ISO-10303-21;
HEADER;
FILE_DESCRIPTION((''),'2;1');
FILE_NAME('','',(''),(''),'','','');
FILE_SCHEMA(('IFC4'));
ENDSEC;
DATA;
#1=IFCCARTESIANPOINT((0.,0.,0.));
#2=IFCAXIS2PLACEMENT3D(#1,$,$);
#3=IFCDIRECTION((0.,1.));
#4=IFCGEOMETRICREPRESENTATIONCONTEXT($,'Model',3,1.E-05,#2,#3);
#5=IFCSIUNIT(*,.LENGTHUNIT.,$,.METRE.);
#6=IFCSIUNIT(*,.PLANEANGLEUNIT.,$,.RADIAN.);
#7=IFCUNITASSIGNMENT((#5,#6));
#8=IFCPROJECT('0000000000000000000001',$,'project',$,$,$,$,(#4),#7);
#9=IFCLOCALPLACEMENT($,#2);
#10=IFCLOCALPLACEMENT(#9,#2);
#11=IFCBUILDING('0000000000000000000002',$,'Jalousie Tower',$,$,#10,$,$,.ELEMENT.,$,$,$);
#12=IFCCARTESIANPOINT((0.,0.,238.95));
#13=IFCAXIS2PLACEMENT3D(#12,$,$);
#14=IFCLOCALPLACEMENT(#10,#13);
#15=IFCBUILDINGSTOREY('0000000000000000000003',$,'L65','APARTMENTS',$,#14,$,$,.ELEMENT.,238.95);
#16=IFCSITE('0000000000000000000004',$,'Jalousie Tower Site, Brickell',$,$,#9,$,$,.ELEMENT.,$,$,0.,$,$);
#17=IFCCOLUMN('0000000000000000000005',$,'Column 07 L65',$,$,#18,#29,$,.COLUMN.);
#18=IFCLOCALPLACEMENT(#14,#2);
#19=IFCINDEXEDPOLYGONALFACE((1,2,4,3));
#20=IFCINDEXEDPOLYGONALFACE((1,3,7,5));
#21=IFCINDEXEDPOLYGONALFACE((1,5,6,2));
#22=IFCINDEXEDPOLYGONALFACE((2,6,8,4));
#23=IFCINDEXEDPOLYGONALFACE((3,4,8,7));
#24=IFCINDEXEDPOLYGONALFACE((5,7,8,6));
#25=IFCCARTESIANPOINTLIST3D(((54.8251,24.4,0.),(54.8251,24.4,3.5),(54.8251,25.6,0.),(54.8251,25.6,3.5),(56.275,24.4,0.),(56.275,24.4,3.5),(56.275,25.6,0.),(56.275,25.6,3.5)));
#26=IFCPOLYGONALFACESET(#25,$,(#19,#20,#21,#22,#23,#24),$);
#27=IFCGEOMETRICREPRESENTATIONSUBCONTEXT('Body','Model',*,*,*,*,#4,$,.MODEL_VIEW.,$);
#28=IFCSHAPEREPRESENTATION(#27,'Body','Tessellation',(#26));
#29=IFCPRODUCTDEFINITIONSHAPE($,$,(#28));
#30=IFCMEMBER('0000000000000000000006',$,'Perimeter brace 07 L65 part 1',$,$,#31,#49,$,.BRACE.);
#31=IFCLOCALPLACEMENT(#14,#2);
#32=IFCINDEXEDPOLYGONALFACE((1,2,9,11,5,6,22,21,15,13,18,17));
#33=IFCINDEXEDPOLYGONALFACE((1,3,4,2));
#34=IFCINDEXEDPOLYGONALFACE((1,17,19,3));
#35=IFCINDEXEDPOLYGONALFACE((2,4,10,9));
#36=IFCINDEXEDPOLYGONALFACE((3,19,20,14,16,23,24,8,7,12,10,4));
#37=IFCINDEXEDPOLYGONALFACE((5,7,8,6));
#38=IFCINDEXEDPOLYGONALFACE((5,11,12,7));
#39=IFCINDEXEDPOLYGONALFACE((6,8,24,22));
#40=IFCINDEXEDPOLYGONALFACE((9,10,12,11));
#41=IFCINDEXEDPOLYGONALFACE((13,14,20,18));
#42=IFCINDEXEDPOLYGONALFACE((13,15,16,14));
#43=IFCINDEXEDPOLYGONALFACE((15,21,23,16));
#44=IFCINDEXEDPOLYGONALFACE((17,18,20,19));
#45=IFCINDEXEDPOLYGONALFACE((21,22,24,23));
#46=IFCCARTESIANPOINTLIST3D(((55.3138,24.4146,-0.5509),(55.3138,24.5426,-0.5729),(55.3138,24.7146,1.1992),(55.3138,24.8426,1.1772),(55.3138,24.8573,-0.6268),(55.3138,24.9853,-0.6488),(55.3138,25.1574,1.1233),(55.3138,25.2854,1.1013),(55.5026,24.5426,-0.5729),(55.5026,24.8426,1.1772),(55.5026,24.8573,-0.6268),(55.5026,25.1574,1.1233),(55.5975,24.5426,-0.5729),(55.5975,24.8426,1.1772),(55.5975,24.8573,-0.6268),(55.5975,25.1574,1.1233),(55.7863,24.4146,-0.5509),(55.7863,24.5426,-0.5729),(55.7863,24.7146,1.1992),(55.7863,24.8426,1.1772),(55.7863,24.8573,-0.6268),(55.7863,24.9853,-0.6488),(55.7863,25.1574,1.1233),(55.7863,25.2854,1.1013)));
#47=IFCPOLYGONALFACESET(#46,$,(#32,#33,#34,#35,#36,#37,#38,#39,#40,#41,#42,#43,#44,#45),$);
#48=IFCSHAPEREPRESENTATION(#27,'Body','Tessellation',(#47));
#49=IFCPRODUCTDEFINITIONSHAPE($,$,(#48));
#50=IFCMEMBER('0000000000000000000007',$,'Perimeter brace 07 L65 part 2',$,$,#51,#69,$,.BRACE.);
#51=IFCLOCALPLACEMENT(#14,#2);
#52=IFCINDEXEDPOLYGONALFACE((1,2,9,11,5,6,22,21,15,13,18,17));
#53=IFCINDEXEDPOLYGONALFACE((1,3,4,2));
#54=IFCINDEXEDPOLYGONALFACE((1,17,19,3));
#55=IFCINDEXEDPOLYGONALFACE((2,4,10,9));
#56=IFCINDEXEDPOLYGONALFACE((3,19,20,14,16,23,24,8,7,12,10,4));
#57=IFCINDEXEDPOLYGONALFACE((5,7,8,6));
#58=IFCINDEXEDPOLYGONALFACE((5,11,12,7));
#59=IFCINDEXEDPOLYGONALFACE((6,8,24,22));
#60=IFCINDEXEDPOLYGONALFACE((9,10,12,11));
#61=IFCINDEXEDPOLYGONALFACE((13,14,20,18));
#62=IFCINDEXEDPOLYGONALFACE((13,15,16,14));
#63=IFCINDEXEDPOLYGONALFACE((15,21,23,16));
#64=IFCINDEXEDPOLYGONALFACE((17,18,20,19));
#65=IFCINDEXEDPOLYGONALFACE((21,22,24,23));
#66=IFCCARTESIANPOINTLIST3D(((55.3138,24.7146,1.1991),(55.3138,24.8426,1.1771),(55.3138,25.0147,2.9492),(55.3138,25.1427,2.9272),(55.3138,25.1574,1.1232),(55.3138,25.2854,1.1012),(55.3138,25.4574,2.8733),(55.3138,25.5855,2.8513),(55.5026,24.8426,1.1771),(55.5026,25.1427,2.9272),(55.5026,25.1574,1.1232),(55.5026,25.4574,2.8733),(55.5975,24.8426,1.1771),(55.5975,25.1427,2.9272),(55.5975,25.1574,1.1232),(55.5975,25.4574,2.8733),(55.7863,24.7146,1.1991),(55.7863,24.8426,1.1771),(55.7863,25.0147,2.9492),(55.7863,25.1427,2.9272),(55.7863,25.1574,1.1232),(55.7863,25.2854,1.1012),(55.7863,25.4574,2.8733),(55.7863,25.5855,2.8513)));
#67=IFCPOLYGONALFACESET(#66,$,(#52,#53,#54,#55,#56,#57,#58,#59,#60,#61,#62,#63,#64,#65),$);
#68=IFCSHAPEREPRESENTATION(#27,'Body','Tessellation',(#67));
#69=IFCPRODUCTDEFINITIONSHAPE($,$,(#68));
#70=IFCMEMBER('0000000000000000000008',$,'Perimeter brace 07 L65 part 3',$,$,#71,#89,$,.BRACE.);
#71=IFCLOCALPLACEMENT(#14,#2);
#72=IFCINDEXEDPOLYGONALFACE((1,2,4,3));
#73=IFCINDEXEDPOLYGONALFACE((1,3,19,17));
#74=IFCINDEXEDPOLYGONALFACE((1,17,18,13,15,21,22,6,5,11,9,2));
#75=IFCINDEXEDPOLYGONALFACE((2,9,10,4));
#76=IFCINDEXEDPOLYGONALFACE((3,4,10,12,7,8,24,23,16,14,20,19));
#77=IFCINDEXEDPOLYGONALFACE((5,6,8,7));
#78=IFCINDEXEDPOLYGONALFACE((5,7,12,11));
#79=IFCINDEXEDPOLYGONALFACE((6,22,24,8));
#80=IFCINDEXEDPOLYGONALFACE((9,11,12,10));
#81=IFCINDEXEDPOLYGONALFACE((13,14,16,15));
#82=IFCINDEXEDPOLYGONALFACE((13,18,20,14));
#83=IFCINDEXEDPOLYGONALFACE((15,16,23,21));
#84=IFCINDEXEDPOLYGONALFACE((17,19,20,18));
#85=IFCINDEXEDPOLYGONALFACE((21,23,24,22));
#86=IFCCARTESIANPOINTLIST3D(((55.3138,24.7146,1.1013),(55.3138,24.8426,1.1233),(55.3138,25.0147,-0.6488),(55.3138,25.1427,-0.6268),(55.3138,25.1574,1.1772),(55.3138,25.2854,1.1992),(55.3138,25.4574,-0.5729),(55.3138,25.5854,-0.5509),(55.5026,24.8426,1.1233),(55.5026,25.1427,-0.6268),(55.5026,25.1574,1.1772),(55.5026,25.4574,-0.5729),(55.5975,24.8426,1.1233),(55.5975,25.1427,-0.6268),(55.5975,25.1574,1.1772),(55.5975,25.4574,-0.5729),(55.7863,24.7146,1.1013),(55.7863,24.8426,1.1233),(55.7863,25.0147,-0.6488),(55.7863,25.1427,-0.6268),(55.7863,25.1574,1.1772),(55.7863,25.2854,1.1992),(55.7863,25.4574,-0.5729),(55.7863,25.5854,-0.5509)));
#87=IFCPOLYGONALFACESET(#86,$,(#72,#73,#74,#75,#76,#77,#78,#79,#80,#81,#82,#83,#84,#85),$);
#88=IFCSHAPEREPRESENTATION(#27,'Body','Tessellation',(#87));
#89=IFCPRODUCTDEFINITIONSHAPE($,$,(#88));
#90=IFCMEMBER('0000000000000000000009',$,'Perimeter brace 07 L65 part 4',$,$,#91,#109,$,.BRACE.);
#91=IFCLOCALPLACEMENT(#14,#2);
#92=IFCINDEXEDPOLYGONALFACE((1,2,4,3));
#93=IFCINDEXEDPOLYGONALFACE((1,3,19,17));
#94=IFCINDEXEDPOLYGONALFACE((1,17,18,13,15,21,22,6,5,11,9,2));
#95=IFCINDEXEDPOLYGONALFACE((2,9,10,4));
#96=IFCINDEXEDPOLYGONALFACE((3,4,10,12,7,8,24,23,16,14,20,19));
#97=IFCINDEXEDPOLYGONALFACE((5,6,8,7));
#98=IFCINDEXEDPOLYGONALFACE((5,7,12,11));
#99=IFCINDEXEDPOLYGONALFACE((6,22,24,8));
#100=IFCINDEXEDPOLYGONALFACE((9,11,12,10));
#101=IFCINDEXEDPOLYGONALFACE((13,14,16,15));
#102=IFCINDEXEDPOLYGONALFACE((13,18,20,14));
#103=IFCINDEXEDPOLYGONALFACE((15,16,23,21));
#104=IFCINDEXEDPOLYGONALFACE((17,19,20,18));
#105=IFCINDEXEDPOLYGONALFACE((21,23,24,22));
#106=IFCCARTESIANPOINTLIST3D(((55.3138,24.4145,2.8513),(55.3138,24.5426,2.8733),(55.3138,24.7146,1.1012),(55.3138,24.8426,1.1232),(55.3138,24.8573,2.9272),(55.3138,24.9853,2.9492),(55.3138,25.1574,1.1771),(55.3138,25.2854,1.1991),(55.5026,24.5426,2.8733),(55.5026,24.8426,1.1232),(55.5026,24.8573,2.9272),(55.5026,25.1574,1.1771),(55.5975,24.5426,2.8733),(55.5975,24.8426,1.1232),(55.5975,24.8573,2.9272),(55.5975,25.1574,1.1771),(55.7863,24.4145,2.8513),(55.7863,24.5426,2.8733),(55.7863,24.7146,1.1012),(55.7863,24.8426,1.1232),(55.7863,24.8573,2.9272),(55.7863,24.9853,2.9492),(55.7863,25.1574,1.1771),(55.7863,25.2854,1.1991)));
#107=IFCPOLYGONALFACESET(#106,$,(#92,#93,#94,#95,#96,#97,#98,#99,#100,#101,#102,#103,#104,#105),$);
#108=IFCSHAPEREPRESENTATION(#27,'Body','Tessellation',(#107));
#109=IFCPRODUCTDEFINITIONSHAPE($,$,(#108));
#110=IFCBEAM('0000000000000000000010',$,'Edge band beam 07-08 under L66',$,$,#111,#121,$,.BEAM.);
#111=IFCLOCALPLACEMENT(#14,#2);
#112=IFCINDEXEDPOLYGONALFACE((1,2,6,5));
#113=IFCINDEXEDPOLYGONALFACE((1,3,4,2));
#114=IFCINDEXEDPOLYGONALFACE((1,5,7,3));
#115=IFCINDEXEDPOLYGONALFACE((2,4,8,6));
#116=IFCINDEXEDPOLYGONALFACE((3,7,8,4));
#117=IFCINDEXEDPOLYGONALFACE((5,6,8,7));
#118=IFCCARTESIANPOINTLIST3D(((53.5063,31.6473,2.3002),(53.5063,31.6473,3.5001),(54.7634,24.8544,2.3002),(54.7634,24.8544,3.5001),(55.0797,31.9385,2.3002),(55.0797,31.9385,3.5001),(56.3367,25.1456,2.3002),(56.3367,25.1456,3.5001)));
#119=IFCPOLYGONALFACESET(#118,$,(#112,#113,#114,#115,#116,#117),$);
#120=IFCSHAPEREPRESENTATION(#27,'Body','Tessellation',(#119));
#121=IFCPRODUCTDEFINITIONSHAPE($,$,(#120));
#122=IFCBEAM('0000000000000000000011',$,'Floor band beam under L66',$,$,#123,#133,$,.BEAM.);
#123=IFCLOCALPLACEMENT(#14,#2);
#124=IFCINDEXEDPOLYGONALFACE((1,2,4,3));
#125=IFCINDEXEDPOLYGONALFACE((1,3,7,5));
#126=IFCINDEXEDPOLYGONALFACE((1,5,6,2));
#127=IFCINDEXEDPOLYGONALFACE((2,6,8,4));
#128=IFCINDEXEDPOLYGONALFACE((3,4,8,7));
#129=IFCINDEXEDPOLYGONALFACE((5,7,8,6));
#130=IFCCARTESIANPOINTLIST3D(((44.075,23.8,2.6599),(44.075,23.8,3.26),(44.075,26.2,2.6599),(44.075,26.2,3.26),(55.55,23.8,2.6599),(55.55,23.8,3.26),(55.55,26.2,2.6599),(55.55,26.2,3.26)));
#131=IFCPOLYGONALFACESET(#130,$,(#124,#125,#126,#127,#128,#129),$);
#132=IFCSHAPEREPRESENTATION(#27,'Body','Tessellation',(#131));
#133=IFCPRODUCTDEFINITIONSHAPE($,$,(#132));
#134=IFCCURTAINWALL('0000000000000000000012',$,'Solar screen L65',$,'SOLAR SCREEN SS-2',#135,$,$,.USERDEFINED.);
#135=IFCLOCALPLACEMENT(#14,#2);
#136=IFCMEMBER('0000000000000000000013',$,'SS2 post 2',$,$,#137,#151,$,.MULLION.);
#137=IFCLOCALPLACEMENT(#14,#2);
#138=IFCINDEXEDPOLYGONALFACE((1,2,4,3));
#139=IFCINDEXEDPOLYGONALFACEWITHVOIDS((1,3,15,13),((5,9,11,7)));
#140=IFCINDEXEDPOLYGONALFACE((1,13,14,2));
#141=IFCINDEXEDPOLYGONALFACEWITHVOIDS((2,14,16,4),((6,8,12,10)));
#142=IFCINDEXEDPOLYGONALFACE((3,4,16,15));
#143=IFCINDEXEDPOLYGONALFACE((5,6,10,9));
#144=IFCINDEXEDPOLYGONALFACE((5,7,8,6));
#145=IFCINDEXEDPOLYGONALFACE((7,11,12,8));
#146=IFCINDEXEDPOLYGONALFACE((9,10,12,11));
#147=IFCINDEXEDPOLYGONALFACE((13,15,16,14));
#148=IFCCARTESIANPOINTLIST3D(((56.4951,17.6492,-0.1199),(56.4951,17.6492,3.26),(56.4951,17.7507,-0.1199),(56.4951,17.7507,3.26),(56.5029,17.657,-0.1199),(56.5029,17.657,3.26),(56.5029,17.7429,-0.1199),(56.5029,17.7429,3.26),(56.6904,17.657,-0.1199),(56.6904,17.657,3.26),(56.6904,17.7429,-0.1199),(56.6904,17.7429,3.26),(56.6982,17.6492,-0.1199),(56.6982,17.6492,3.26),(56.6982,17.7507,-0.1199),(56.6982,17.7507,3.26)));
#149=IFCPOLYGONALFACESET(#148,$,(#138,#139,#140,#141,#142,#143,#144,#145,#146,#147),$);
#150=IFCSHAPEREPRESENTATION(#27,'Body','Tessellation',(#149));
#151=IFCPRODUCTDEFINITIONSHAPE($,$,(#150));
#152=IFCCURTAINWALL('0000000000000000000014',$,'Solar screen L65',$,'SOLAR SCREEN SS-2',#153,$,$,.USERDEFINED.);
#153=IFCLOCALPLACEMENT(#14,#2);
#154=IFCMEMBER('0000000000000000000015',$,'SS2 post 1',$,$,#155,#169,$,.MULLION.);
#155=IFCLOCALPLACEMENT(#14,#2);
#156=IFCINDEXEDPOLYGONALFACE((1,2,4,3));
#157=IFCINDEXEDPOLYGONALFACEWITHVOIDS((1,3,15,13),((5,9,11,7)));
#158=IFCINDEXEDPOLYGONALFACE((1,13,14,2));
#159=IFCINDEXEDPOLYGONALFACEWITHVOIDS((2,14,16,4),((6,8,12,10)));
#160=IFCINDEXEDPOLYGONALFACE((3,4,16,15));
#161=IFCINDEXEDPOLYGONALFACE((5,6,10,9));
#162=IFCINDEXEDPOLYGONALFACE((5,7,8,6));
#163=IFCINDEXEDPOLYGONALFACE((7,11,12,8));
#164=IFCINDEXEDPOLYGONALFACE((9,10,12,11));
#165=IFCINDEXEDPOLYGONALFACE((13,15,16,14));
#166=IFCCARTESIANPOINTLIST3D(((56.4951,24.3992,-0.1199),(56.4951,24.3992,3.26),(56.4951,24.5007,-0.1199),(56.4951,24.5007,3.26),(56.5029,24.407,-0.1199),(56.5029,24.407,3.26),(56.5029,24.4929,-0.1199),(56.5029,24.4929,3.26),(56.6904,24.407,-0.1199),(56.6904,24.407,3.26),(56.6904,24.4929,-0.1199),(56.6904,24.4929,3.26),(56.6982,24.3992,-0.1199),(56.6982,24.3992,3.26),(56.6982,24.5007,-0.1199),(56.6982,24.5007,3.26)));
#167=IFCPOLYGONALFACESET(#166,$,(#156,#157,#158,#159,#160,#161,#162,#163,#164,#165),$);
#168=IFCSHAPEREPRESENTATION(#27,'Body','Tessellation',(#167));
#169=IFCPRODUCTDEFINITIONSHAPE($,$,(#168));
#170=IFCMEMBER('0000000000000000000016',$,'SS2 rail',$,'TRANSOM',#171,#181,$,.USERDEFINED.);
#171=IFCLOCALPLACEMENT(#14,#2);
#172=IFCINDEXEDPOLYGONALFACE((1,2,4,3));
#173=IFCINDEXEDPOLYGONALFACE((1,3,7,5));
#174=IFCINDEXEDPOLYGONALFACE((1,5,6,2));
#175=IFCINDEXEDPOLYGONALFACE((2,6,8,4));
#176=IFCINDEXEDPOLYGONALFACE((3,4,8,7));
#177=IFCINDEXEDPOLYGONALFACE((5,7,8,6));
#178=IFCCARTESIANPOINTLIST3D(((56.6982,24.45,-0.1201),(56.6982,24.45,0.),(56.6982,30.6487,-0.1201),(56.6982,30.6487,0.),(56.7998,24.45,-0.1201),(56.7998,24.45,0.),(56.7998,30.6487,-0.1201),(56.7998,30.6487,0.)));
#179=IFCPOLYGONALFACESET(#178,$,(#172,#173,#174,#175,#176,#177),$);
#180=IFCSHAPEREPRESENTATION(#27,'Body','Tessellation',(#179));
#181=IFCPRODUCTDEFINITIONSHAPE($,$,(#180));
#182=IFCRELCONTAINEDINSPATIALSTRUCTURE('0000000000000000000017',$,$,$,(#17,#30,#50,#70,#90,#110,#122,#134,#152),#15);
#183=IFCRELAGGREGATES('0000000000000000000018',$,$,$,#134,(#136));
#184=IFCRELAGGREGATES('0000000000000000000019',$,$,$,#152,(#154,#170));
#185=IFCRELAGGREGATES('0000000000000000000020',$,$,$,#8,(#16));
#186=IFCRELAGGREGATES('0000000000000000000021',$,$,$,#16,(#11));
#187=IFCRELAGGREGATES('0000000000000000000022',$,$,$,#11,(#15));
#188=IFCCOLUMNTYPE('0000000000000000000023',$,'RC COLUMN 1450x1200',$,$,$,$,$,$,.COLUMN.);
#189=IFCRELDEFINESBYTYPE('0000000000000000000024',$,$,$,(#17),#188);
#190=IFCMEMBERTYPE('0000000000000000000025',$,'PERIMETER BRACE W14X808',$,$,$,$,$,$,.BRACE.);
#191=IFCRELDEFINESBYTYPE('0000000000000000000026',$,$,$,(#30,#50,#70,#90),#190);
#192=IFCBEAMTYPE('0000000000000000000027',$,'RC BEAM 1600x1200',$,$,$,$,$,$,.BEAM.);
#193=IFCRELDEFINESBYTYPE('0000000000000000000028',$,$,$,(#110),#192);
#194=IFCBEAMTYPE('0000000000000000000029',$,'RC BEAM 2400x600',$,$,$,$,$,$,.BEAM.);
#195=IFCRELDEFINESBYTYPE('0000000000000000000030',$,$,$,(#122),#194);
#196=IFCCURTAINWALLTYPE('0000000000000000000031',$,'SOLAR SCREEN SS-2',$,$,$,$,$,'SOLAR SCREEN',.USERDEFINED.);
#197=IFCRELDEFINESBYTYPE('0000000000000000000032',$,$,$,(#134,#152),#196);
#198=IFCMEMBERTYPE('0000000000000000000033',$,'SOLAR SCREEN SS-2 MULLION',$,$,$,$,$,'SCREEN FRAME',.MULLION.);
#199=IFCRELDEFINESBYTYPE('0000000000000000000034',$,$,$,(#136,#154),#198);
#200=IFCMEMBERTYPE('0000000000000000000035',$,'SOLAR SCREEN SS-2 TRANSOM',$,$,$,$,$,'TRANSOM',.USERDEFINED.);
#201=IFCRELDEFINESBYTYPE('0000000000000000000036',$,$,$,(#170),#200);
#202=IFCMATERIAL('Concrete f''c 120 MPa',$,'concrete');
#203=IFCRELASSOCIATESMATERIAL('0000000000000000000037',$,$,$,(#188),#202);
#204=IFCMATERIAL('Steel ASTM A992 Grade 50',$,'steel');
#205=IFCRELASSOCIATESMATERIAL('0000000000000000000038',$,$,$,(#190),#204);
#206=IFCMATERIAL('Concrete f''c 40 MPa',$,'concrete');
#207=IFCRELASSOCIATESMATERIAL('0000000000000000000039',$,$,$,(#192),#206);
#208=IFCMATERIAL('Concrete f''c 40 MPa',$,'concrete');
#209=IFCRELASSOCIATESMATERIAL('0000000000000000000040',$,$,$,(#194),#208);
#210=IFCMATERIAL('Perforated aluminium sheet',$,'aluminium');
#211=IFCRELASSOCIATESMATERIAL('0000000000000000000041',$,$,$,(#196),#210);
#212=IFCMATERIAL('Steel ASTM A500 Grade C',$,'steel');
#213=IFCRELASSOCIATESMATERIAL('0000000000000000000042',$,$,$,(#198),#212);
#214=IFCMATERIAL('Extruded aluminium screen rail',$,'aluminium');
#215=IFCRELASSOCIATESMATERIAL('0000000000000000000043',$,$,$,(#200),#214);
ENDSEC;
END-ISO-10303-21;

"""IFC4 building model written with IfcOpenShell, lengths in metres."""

from ifc_helpers import new_model, si_unit, direction, frame, origin, origin_2d, place, context, subcontext, project, spatial, rectangle, hollow_rectangle, i_section, extrude, material, material_profile, profile_set, type_object, element, aggregate, save


model = new_model("IFC4")

# Units and contexts
model_context = context("Model", 3, precision=1e-05, world=origin(), true_north=direction((0.0, 1.0)))
body_context = subcontext(model_context, "Body", "Model", "MODEL_VIEW")
ifc_project = project(units=[si_unit("LENGTHUNIT", "METRE"), si_unit("PLANEANGLEUNIT", "RADIAN")], contexts=[model_context])

# Site, building, storey
site_placement = place(None, origin())
site = spatial("IfcSite", under=ifc_project, at=site_placement, Name="Jalousie Tower Site, Brickell", CompositionType="ELEMENT", RefElevation=0.0)
building_placement = place(site_placement, origin())
building = spatial("IfcBuilding", under=site, at=building_placement, Name="Jalousie Tower", CompositionType="ELEMENT")
storey_placement = place(building_placement, frame((0.0, 0.0, 238.95)))
storey = spatial("IfcBuildingStorey", under=building, at=storey_placement, Name="L65", Description="APARTMENTS", CompositionType="ELEMENT", Elevation=238.95)

# Column
ifc_material_1 = material(Name="Concrete f'c 120 MPa", Category="concrete")
ifc_material_profile_1 = material_profile(ifc_material_1, rectangle(XDim=1.45, YDim=1.2, at=origin_2d()), Name="RC 1450x1200")
ifc_profile_set_1 = profile_set([ifc_material_profile_1], Name="Concrete f'c 120 MPa")
column_type = type_object("IfcColumnType", Name="RC COLUMN 1450x1200", PredefinedType="COLUMN", material=ifc_profile_set_1)
column_placement = place(storey_placement, frame((55.55, 25.0, 0.0), z_axis=(0.0, 0.0, 1.0), x_axis=(1.0, 0.0, 0.0)))
element("IfcColumn", 1, at=column_placement, inside=storey, type_object=column_type, Name="Column 07 L65", PredefinedType="COLUMN", context=body_context, shape_type="SweptSolid", body=[
    extrude(rectangle(XDim=1.45, YDim=1.2, at=origin_2d()), origin(), (0.0, 0.0, 1.0), 3.5),
])

# Members
ifc_material_2 = material(Name="Steel ASTM A992 Grade 50", Category="steel")
ifc_material_profile_2 = material_profile(ifc_material_2, i_section(OverallWidth=0.4724, OverallDepth=0.5791, WebThickness=0.095, FlangeThickness=0.1299, at=origin_2d()), Name="W14X808")
ifc_profile_set_2 = profile_set([ifc_material_profile_2], Name="Steel ASTM A992 Grade 50")
member_type_1 = type_object("IfcMemberType", Name="PERIMETER BRACE W14X808", PredefinedType="BRACE", material=ifc_profile_set_2)
for number, where, z_axis, x_axis, name in (
    (2, (55.55, 24.7, -0.5999), (0.0, 0.168991, 0.985618), (-1.0, 0.0, 0.0), "Perimeter brace 07 L65 part 1"),
    (3, (55.55, 25.0, 1.1501), (0.0, 0.168991, 0.985618), (-1.0, 0.0, 0.0), "Perimeter brace 07 L65 part 2"),
    (4, (55.55, 25.3, -0.5999), (0.0, -0.168991, 0.985618), (1.0, 0.0, 0.0), "Perimeter brace 07 L65 part 3"),
    (5, (55.55, 25.0, 1.1501), (0.0, -0.168991, 0.985618), (1.0, 0.0, 0.0), "Perimeter brace 07 L65 part 4"),
):
    element("IfcMember", number, at=place(storey_placement, frame(where, z_axis=z_axis, x_axis=x_axis)), inside=storey, type_object=member_type_1, Name=name, PredefinedType="BRACE", context=body_context, shape_type="SweptSolid", body=[
        extrude(i_section(OverallWidth=0.4724, OverallDepth=0.5791, WebThickness=0.095, FlangeThickness=0.1299, at=origin_2d()), origin(), (0.0, 0.0, 1.0), 1.7756),
    ])

# Beams
ifc_material_3 = material(Name="Concrete f'c 40 MPa", Category="concrete")
ifc_material_profile_3 = material_profile(ifc_material_3, rectangle(XDim=1.6001, YDim=1.2, at=origin_2d()), Name="RC 1600x1200")
ifc_profile_set_3 = profile_set([ifc_material_profile_3], Name="Concrete f'c 40 MPa")
beam_type_1 = type_object("IfcBeamType", Name="RC BEAM 1600x1200", PredefinedType="BEAM", material=ifc_profile_set_3)
beam_1_placement = place(storey_placement, frame((55.55, 25.0, 2.9001), z_axis=(-0.181967, 0.983305, 0.0), x_axis=(-0.983305, -0.181967, 0.0)))
element("IfcBeam", 6, at=beam_1_placement, inside=storey, type_object=beam_type_1, Name="Edge band beam 07-08 under L66", PredefinedType="BEAM", context=body_context, shape_type="SweptSolid", body=[
    extrude(rectangle(XDim=1.6001, YDim=1.2, at=origin_2d()), origin(), (0.0, 0.0, 1.0), 6.9082),
])
ifc_material_4 = material(Name="Concrete f'c 40 MPa", Category="concrete")
ifc_material_profile_4 = material_profile(ifc_material_4, rectangle(XDim=2.3999, YDim=0.6001, at=origin_2d()), Name="RC 2400x600")
ifc_profile_set_4 = profile_set([ifc_material_profile_4], Name="Concrete f'c 40 MPa")
beam_type_2 = type_object("IfcBeamType", Name="RC BEAM 2400x600", PredefinedType="BEAM", material=ifc_profile_set_4)
beam_2_placement = place(storey_placement, frame((55.55, 25.0, 2.96), z_axis=(-1.0, 0.0, 0.0), x_axis=(0.0, -1.0, 0.0)))
element("IfcBeam", 7, at=beam_2_placement, inside=storey, type_object=beam_type_2, Name="Floor band beam under L66", PredefinedType="BEAM", context=body_context, shape_type="SweptSolid", body=[
    extrude(rectangle(XDim=2.3999, YDim=0.6001, at=origin_2d()), origin(), (0.0, 0.0, 1.0), 11.4751),
])

# Curtain wall, member
ifc_material_5 = material(Name="Perforated aluminium sheet", Category="aluminium")
curtain_wall_type = type_object("IfcCurtainWallType", Name="SOLAR SCREEN SS-2", ElementType="SOLAR SCREEN", PredefinedType="USERDEFINED", material=ifc_material_5)
curtain_wall_1_placement = place(storey_placement, origin())
curtain_wall_1 = element("IfcCurtainWall", 8, at=curtain_wall_1_placement, inside=storey, type_object=curtain_wall_type, Name="Solar screen L65", ObjectType="SOLAR SCREEN SS-2", PredefinedType="USERDEFINED")
ifc_material_6 = material(Name="Steel ASTM A500 Grade C", Category="steel")
ifc_material_profile_5 = material_profile(ifc_material_6, hollow_rectangle(XDim=0.1016, YDim=0.2031, WallThickness=0.0078, at=origin_2d()), Name="HSS8X4X5/16")
ifc_profile_set_5 = profile_set([ifc_material_profile_5], Name="Steel ASTM A500 Grade C")
member_type_2 = type_object("IfcMemberType", Name="SOLAR SCREEN SS-2 MULLION", ElementType="SCREEN FRAME", PredefinedType="MULLION", material=ifc_profile_set_5)
member_1_placement = place(storey_placement, frame((56.5967, 17.7, -0.1199), z_axis=(0.0, 0.0, 1.0), x_axis=(0.0, 1.0, 0.0)))
member_1 = element("IfcMember", 9, at=member_1_placement, type_object=member_type_2, Name="SS2 post 2", PredefinedType="MULLION", context=body_context, shape_type="SweptSolid", body=[
    extrude(hollow_rectangle(XDim=0.1016, YDim=0.2031, WallThickness=0.0078, at=origin_2d()), origin(), (0.0, 0.0, 1.0), 3.3799),
])
aggregate(curtain_wall_1, [member_1])

# Curtain wall, members
curtain_wall_2_placement = place(storey_placement, origin())
curtain_wall_2 = element("IfcCurtainWall", 10, at=curtain_wall_2_placement, inside=storey, type_object=curtain_wall_type, Name="Solar screen L65", ObjectType="SOLAR SCREEN SS-2", PredefinedType="USERDEFINED")
member_2_placement = place(storey_placement, frame((56.5967, 24.45, -0.1199), z_axis=(0.0, 0.0, 1.0), x_axis=(0.0, 1.0, 0.0)))
member_2 = element("IfcMember", 11, at=member_2_placement, type_object=member_type_2, Name="SS2 post 1", PredefinedType="MULLION", context=body_context, shape_type="SweptSolid", body=[
    extrude(hollow_rectangle(XDim=0.1016, YDim=0.2031, WallThickness=0.0078, at=origin_2d()), origin(), (0.0, 0.0, 1.0), 3.3799),
])
ifc_material_7 = material(Name="Extruded aluminium screen rail", Category="aluminium")
ifc_material_profile_6 = material_profile(ifc_material_7, rectangle(XDim=0.1016, YDim=0.1201, at=origin_2d()), Name="RAIL 102x120")
ifc_profile_set_6 = profile_set([ifc_material_profile_6], Name="Extruded aluminium screen rail")
member_type_3 = type_object("IfcMemberType", Name="SOLAR SCREEN SS-2 TRANSOM", ElementType="TRANSOM", PredefinedType="USERDEFINED", material=ifc_profile_set_6)
member_3_placement = place(storey_placement, frame((56.749, 24.45, -0.0601), z_axis=(0.0, 1.0, 0.0), x_axis=(-1.0, 0.0, 0.0)))
member_3 = element("IfcMember", 12, at=member_3_placement, type_object=member_type_3, Name="SS2 rail", ObjectType="TRANSOM", PredefinedType="USERDEFINED", context=body_context, shape_type="SweptSolid", body=[
    extrude(rectangle(XDim=0.1016, YDim=0.1201, at=origin_2d()), origin(), (0.0, 0.0, 1.0), 6.1987),
])
aggregate(curtain_wall_2, [member_2, member_3])

save(model, "model.ifc")
